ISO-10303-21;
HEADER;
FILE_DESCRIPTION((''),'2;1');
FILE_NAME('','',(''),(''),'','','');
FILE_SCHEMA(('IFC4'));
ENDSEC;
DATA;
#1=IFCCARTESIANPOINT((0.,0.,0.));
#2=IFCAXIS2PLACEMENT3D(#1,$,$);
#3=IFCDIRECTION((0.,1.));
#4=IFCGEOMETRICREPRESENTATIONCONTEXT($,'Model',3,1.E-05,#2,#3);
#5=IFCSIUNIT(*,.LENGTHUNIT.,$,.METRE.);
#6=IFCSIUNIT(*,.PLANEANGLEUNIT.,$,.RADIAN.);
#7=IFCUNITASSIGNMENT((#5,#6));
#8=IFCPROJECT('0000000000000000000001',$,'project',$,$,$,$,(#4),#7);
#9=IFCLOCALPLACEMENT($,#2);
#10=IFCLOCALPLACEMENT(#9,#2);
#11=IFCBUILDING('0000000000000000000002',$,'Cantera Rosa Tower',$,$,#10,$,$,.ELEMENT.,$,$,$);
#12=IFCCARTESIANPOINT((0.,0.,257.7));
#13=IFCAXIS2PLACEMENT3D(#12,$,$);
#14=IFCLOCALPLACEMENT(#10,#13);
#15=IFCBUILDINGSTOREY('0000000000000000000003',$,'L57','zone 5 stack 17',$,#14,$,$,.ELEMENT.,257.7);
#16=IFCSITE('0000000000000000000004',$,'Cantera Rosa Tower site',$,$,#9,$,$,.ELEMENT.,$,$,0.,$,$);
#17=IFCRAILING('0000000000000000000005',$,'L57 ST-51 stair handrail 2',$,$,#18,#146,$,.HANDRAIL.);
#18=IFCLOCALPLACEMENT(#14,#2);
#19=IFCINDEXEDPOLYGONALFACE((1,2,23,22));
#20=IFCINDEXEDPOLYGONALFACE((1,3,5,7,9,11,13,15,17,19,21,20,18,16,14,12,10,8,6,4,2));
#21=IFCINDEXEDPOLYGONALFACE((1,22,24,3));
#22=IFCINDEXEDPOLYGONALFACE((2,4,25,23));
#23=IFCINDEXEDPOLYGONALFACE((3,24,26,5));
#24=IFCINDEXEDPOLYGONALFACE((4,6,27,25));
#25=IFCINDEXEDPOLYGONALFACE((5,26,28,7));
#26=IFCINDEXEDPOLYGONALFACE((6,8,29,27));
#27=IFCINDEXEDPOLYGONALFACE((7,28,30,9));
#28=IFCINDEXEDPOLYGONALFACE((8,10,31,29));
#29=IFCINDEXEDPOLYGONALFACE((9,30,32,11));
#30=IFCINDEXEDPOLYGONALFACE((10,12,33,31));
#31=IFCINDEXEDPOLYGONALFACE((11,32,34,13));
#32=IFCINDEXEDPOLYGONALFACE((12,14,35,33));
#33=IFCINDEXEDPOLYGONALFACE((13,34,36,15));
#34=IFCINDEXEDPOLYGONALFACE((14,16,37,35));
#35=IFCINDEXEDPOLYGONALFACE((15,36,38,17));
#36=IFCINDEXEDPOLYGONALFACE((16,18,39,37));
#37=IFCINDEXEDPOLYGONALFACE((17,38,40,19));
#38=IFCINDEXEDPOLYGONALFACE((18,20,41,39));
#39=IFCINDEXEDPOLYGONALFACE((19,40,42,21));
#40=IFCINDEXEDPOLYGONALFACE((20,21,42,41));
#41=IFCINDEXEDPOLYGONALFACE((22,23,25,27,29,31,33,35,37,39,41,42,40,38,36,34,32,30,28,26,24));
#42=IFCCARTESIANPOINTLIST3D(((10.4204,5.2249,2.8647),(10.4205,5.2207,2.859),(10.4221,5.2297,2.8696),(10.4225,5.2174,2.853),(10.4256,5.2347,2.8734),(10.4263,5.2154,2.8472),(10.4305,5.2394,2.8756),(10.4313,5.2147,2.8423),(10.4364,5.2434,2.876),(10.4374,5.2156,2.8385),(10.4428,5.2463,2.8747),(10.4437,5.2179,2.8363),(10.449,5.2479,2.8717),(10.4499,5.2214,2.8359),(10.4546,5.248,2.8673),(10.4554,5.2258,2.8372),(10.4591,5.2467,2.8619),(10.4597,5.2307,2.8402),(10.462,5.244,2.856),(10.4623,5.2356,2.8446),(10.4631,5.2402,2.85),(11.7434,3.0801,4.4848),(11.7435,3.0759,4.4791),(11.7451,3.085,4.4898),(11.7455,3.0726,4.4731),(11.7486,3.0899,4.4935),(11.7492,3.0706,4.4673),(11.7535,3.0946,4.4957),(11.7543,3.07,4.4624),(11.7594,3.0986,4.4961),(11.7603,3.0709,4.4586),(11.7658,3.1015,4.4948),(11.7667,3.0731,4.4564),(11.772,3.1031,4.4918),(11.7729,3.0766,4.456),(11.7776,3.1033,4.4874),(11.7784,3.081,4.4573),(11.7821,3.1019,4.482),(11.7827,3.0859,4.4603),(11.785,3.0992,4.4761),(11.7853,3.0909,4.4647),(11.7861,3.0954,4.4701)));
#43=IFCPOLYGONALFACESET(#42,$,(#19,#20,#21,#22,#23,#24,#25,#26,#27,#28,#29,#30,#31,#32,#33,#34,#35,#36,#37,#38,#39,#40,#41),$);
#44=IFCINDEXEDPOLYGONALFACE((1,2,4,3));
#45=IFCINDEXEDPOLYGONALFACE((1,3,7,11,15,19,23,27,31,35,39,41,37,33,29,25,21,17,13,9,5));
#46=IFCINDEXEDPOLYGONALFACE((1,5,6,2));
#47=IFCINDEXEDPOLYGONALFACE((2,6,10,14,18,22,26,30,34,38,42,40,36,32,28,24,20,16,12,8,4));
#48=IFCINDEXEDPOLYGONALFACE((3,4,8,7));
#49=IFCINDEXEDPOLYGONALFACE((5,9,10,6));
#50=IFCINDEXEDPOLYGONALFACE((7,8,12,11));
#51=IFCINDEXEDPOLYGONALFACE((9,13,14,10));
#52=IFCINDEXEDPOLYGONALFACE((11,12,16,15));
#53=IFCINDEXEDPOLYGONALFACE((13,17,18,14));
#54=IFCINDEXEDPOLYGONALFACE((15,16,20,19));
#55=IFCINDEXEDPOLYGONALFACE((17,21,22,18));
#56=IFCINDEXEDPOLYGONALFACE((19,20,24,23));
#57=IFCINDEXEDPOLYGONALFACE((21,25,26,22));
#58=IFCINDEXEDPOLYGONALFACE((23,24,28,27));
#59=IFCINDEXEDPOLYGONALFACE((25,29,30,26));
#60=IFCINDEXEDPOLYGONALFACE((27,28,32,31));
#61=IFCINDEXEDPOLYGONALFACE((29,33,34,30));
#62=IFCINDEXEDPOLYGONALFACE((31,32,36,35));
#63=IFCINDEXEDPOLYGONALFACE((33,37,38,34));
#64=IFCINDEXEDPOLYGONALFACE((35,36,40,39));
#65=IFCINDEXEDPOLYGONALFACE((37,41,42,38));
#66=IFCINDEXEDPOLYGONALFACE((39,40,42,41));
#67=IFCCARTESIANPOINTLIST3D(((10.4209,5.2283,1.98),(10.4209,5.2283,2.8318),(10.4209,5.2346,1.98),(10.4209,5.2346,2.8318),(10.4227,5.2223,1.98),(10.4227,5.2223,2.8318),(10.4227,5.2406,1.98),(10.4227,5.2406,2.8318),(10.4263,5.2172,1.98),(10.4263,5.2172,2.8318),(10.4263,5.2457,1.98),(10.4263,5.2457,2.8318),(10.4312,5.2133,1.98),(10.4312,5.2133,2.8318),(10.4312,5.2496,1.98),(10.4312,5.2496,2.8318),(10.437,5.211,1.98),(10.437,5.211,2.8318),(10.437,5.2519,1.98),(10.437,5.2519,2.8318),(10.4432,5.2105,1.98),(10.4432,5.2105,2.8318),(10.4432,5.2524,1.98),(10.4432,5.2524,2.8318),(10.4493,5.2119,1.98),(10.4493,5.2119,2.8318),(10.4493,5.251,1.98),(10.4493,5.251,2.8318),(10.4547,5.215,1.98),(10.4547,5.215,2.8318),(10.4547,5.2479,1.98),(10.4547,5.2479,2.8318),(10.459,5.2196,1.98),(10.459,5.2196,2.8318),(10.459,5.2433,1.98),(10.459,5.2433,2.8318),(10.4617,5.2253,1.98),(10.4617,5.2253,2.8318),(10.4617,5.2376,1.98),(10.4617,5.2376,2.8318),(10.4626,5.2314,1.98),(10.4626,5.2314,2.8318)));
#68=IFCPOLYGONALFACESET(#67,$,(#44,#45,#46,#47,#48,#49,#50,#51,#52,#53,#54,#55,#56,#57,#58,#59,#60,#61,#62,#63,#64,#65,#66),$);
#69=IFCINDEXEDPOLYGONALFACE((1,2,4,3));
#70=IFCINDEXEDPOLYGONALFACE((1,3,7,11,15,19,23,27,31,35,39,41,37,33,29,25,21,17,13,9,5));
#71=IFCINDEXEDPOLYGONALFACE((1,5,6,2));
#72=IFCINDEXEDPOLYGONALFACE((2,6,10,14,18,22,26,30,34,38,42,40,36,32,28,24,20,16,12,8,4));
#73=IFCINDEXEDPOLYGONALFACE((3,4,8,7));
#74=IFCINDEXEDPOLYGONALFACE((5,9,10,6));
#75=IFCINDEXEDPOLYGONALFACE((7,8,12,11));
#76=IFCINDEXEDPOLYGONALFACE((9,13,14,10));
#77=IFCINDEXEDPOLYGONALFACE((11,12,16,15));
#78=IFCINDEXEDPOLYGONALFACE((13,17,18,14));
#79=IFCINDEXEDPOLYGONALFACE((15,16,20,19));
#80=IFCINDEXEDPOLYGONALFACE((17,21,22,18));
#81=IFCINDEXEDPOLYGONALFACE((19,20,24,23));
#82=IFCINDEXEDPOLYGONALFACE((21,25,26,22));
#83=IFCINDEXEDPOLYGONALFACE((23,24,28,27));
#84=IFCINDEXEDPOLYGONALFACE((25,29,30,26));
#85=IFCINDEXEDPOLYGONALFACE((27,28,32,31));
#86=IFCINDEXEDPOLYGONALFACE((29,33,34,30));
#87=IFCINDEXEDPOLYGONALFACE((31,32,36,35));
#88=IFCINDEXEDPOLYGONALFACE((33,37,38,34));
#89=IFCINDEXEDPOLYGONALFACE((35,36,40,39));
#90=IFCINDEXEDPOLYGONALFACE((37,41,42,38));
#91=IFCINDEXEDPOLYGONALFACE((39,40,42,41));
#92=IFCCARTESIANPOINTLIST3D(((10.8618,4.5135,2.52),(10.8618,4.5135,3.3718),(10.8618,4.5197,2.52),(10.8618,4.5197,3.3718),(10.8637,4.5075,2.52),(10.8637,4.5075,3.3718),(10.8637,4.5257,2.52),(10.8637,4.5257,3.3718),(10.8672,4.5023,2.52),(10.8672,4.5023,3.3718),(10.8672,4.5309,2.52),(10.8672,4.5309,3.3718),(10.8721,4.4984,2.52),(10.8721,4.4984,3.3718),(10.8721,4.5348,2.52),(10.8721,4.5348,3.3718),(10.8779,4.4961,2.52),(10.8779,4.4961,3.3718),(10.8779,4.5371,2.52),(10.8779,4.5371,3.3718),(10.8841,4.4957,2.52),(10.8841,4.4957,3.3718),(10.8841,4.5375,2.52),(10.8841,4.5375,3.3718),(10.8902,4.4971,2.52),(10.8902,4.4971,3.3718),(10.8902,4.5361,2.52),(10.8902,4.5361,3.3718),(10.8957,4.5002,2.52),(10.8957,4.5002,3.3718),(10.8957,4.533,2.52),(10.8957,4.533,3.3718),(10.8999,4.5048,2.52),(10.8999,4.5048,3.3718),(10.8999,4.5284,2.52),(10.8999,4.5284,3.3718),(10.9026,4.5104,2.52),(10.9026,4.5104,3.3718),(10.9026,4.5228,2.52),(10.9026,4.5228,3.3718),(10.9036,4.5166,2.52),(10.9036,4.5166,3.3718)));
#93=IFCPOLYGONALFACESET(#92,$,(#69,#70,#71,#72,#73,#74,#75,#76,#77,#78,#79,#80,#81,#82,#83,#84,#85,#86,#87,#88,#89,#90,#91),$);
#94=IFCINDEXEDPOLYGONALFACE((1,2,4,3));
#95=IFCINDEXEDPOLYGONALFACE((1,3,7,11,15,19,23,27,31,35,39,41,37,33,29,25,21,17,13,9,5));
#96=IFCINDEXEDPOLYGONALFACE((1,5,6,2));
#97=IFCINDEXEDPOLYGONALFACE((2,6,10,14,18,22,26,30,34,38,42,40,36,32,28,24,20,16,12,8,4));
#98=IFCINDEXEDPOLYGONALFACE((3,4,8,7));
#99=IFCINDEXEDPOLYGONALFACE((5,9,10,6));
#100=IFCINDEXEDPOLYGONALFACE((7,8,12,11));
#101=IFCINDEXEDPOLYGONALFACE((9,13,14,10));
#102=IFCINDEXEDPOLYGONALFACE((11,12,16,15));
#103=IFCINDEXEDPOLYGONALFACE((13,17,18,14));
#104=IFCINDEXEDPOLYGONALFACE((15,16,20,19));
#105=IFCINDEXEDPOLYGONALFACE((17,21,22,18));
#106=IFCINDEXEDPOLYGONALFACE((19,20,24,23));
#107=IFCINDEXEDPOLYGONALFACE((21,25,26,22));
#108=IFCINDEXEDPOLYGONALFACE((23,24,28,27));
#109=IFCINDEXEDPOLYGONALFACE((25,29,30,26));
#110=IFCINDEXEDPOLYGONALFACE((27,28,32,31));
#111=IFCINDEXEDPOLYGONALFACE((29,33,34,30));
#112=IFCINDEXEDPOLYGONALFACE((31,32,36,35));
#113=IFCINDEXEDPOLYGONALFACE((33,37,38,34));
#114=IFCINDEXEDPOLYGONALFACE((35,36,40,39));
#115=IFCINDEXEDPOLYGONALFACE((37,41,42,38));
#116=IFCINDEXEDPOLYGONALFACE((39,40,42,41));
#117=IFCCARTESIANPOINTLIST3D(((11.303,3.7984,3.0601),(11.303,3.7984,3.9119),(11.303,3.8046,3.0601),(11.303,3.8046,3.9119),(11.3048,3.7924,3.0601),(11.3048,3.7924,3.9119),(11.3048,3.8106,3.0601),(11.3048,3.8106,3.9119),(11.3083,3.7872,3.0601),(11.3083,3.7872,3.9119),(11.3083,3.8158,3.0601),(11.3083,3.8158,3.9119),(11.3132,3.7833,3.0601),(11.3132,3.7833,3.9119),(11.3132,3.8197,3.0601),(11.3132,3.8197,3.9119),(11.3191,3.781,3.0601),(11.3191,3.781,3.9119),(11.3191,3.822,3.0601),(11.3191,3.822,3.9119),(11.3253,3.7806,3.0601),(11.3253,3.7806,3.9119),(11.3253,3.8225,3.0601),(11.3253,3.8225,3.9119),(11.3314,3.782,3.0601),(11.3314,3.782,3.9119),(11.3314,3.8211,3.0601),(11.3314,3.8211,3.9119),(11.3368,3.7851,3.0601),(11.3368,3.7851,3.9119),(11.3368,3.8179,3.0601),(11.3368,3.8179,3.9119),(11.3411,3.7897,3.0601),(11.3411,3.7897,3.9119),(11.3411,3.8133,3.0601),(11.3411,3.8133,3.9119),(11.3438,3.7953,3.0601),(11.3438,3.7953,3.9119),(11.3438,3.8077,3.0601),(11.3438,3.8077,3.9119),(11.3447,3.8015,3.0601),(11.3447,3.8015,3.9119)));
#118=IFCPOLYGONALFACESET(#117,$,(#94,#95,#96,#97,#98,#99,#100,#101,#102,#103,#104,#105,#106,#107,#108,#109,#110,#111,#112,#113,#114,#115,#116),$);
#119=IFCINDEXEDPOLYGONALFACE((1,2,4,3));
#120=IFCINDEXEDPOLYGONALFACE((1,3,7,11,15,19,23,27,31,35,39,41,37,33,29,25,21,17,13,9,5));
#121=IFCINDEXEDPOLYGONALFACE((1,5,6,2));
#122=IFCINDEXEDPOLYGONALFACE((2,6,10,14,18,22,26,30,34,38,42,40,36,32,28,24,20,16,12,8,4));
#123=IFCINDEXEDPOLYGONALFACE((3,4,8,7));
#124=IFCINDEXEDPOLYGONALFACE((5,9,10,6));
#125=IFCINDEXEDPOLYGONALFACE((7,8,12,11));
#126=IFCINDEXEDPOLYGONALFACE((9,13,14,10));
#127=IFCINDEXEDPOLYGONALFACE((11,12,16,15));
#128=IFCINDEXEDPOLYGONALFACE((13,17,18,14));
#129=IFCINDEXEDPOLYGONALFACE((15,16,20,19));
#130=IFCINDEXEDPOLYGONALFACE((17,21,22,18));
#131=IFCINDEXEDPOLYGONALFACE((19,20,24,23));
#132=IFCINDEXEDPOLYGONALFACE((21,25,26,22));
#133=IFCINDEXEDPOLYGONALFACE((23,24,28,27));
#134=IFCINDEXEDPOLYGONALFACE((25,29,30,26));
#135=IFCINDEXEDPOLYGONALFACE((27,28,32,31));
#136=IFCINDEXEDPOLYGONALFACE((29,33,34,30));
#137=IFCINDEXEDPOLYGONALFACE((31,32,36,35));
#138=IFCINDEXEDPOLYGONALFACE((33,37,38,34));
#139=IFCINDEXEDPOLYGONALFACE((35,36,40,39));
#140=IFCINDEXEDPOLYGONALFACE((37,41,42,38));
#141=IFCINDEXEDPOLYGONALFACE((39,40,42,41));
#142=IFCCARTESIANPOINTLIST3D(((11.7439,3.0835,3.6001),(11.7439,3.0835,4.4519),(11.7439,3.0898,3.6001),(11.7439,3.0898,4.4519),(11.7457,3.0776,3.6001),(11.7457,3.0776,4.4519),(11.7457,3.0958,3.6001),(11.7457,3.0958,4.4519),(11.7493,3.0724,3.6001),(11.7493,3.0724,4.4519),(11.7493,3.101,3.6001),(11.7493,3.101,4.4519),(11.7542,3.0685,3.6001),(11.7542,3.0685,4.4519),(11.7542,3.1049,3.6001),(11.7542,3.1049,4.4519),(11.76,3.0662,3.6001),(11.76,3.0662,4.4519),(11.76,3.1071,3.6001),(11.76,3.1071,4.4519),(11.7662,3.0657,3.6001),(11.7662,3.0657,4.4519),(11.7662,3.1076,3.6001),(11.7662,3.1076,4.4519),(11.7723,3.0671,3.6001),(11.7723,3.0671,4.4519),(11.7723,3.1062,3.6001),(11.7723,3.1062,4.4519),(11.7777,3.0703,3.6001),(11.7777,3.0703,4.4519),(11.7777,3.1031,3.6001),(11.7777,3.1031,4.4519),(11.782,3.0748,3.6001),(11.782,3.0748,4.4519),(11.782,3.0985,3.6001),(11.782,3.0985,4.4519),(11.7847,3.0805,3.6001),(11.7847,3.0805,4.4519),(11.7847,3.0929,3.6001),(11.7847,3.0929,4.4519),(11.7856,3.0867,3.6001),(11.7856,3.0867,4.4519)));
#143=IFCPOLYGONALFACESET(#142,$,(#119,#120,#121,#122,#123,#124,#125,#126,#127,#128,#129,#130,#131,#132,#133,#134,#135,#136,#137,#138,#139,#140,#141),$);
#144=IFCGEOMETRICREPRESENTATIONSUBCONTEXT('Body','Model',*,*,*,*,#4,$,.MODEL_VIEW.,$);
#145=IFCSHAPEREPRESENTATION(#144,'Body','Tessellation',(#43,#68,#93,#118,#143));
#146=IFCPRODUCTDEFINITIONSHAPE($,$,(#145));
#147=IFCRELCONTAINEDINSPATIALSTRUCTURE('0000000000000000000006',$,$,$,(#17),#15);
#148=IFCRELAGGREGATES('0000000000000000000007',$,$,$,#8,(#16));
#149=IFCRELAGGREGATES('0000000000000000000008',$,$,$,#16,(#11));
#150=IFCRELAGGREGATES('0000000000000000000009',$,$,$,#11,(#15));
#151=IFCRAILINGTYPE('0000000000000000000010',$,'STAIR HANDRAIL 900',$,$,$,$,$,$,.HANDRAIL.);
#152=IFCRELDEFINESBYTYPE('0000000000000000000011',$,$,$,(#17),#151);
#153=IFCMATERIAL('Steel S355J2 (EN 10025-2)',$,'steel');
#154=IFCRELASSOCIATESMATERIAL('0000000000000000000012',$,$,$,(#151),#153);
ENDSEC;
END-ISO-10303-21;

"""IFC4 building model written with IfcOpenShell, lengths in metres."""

from ifc_helpers import new_model, si_unit, direction, frame, origin, origin_2d, place, context, subcontext, project, spatial, circle, extrude, material, type_object, element, save


model = new_model("IFC4")

# Units and contexts
model_context = context("Model", 3, precision=1e-05, world=origin(), true_north=direction((0.0, 1.0)))
body_context = subcontext(model_context, "Body", "Model", "MODEL_VIEW")
ifc_project = project(units=[si_unit("LENGTHUNIT", "METRE"), si_unit("PLANEANGLEUNIT", "RADIAN")], contexts=[model_context])

# Site, building, storey
site_placement = place(None, origin())
site = spatial("IfcSite", under=ifc_project, at=site_placement, Name="Cantera Rosa Tower site", CompositionType="ELEMENT", RefElevation=0.0)
building_placement = place(site_placement, origin())
building = spatial("IfcBuilding", under=site, at=building_placement, Name="Cantera Rosa Tower", CompositionType="ELEMENT")
storey_placement = place(building_placement, frame((0.0, 0.0, 257.7)))
storey = spatial("IfcBuildingStorey", under=building, at=storey_placement, Name="L57", Description="zone 5 stack 17", CompositionType="ELEMENT", Elevation=257.7)

# Railing
ifc_material_1 = material(Name="Steel S355J2 (EN 10025-2)", Category="steel")
railing_type_1 = type_object("IfcRailingType", Name="STAIR HANDRAIL 900", PredefinedType="HANDRAIL", material=ifc_material_1)
railing_1_placement = place(storey_placement, frame((10.4417, 5.2314, 1.98)))
element("IfcRailing", 1, at=railing_1_placement, inside=storey, type_object=railing_type_1, Name="L57 ST-51 stair handrail 2", PredefinedType="HANDRAIL", context=body_context, shape_type="SweptSolid", body=[
    extrude(circle(Radius=0.0239, at=origin_2d()), frame((0.0, 0.0, 0.876), z_axis=(0.441609, -0.715914, 0.540786), x_axis=(0.851102, 0.525, 0.0)), (0.0, 0.0, 1.0), 2.9958),
    extrude(circle(Radius=0.021, at=origin_2d()), origin(), (0.0, 0.0, 1.0), 0.8518),
    extrude(circle(Radius=0.021, at=origin_2d()), frame((0.4409, -0.7148, 0.54)), (0.0, 0.0, 1.0), 0.8518),
    extrude(circle(Radius=0.021, at=origin_2d()), frame((0.8821, -1.4299, 1.0801)), (0.0, 0.0, 1.0), 0.8518),
    extrude(circle(Radius=0.021, at=origin_2d()), frame((1.323, -2.1448, 1.6201)), (0.0, 0.0, 1.0), 0.8518),
])

save(model, "model.ifc")
